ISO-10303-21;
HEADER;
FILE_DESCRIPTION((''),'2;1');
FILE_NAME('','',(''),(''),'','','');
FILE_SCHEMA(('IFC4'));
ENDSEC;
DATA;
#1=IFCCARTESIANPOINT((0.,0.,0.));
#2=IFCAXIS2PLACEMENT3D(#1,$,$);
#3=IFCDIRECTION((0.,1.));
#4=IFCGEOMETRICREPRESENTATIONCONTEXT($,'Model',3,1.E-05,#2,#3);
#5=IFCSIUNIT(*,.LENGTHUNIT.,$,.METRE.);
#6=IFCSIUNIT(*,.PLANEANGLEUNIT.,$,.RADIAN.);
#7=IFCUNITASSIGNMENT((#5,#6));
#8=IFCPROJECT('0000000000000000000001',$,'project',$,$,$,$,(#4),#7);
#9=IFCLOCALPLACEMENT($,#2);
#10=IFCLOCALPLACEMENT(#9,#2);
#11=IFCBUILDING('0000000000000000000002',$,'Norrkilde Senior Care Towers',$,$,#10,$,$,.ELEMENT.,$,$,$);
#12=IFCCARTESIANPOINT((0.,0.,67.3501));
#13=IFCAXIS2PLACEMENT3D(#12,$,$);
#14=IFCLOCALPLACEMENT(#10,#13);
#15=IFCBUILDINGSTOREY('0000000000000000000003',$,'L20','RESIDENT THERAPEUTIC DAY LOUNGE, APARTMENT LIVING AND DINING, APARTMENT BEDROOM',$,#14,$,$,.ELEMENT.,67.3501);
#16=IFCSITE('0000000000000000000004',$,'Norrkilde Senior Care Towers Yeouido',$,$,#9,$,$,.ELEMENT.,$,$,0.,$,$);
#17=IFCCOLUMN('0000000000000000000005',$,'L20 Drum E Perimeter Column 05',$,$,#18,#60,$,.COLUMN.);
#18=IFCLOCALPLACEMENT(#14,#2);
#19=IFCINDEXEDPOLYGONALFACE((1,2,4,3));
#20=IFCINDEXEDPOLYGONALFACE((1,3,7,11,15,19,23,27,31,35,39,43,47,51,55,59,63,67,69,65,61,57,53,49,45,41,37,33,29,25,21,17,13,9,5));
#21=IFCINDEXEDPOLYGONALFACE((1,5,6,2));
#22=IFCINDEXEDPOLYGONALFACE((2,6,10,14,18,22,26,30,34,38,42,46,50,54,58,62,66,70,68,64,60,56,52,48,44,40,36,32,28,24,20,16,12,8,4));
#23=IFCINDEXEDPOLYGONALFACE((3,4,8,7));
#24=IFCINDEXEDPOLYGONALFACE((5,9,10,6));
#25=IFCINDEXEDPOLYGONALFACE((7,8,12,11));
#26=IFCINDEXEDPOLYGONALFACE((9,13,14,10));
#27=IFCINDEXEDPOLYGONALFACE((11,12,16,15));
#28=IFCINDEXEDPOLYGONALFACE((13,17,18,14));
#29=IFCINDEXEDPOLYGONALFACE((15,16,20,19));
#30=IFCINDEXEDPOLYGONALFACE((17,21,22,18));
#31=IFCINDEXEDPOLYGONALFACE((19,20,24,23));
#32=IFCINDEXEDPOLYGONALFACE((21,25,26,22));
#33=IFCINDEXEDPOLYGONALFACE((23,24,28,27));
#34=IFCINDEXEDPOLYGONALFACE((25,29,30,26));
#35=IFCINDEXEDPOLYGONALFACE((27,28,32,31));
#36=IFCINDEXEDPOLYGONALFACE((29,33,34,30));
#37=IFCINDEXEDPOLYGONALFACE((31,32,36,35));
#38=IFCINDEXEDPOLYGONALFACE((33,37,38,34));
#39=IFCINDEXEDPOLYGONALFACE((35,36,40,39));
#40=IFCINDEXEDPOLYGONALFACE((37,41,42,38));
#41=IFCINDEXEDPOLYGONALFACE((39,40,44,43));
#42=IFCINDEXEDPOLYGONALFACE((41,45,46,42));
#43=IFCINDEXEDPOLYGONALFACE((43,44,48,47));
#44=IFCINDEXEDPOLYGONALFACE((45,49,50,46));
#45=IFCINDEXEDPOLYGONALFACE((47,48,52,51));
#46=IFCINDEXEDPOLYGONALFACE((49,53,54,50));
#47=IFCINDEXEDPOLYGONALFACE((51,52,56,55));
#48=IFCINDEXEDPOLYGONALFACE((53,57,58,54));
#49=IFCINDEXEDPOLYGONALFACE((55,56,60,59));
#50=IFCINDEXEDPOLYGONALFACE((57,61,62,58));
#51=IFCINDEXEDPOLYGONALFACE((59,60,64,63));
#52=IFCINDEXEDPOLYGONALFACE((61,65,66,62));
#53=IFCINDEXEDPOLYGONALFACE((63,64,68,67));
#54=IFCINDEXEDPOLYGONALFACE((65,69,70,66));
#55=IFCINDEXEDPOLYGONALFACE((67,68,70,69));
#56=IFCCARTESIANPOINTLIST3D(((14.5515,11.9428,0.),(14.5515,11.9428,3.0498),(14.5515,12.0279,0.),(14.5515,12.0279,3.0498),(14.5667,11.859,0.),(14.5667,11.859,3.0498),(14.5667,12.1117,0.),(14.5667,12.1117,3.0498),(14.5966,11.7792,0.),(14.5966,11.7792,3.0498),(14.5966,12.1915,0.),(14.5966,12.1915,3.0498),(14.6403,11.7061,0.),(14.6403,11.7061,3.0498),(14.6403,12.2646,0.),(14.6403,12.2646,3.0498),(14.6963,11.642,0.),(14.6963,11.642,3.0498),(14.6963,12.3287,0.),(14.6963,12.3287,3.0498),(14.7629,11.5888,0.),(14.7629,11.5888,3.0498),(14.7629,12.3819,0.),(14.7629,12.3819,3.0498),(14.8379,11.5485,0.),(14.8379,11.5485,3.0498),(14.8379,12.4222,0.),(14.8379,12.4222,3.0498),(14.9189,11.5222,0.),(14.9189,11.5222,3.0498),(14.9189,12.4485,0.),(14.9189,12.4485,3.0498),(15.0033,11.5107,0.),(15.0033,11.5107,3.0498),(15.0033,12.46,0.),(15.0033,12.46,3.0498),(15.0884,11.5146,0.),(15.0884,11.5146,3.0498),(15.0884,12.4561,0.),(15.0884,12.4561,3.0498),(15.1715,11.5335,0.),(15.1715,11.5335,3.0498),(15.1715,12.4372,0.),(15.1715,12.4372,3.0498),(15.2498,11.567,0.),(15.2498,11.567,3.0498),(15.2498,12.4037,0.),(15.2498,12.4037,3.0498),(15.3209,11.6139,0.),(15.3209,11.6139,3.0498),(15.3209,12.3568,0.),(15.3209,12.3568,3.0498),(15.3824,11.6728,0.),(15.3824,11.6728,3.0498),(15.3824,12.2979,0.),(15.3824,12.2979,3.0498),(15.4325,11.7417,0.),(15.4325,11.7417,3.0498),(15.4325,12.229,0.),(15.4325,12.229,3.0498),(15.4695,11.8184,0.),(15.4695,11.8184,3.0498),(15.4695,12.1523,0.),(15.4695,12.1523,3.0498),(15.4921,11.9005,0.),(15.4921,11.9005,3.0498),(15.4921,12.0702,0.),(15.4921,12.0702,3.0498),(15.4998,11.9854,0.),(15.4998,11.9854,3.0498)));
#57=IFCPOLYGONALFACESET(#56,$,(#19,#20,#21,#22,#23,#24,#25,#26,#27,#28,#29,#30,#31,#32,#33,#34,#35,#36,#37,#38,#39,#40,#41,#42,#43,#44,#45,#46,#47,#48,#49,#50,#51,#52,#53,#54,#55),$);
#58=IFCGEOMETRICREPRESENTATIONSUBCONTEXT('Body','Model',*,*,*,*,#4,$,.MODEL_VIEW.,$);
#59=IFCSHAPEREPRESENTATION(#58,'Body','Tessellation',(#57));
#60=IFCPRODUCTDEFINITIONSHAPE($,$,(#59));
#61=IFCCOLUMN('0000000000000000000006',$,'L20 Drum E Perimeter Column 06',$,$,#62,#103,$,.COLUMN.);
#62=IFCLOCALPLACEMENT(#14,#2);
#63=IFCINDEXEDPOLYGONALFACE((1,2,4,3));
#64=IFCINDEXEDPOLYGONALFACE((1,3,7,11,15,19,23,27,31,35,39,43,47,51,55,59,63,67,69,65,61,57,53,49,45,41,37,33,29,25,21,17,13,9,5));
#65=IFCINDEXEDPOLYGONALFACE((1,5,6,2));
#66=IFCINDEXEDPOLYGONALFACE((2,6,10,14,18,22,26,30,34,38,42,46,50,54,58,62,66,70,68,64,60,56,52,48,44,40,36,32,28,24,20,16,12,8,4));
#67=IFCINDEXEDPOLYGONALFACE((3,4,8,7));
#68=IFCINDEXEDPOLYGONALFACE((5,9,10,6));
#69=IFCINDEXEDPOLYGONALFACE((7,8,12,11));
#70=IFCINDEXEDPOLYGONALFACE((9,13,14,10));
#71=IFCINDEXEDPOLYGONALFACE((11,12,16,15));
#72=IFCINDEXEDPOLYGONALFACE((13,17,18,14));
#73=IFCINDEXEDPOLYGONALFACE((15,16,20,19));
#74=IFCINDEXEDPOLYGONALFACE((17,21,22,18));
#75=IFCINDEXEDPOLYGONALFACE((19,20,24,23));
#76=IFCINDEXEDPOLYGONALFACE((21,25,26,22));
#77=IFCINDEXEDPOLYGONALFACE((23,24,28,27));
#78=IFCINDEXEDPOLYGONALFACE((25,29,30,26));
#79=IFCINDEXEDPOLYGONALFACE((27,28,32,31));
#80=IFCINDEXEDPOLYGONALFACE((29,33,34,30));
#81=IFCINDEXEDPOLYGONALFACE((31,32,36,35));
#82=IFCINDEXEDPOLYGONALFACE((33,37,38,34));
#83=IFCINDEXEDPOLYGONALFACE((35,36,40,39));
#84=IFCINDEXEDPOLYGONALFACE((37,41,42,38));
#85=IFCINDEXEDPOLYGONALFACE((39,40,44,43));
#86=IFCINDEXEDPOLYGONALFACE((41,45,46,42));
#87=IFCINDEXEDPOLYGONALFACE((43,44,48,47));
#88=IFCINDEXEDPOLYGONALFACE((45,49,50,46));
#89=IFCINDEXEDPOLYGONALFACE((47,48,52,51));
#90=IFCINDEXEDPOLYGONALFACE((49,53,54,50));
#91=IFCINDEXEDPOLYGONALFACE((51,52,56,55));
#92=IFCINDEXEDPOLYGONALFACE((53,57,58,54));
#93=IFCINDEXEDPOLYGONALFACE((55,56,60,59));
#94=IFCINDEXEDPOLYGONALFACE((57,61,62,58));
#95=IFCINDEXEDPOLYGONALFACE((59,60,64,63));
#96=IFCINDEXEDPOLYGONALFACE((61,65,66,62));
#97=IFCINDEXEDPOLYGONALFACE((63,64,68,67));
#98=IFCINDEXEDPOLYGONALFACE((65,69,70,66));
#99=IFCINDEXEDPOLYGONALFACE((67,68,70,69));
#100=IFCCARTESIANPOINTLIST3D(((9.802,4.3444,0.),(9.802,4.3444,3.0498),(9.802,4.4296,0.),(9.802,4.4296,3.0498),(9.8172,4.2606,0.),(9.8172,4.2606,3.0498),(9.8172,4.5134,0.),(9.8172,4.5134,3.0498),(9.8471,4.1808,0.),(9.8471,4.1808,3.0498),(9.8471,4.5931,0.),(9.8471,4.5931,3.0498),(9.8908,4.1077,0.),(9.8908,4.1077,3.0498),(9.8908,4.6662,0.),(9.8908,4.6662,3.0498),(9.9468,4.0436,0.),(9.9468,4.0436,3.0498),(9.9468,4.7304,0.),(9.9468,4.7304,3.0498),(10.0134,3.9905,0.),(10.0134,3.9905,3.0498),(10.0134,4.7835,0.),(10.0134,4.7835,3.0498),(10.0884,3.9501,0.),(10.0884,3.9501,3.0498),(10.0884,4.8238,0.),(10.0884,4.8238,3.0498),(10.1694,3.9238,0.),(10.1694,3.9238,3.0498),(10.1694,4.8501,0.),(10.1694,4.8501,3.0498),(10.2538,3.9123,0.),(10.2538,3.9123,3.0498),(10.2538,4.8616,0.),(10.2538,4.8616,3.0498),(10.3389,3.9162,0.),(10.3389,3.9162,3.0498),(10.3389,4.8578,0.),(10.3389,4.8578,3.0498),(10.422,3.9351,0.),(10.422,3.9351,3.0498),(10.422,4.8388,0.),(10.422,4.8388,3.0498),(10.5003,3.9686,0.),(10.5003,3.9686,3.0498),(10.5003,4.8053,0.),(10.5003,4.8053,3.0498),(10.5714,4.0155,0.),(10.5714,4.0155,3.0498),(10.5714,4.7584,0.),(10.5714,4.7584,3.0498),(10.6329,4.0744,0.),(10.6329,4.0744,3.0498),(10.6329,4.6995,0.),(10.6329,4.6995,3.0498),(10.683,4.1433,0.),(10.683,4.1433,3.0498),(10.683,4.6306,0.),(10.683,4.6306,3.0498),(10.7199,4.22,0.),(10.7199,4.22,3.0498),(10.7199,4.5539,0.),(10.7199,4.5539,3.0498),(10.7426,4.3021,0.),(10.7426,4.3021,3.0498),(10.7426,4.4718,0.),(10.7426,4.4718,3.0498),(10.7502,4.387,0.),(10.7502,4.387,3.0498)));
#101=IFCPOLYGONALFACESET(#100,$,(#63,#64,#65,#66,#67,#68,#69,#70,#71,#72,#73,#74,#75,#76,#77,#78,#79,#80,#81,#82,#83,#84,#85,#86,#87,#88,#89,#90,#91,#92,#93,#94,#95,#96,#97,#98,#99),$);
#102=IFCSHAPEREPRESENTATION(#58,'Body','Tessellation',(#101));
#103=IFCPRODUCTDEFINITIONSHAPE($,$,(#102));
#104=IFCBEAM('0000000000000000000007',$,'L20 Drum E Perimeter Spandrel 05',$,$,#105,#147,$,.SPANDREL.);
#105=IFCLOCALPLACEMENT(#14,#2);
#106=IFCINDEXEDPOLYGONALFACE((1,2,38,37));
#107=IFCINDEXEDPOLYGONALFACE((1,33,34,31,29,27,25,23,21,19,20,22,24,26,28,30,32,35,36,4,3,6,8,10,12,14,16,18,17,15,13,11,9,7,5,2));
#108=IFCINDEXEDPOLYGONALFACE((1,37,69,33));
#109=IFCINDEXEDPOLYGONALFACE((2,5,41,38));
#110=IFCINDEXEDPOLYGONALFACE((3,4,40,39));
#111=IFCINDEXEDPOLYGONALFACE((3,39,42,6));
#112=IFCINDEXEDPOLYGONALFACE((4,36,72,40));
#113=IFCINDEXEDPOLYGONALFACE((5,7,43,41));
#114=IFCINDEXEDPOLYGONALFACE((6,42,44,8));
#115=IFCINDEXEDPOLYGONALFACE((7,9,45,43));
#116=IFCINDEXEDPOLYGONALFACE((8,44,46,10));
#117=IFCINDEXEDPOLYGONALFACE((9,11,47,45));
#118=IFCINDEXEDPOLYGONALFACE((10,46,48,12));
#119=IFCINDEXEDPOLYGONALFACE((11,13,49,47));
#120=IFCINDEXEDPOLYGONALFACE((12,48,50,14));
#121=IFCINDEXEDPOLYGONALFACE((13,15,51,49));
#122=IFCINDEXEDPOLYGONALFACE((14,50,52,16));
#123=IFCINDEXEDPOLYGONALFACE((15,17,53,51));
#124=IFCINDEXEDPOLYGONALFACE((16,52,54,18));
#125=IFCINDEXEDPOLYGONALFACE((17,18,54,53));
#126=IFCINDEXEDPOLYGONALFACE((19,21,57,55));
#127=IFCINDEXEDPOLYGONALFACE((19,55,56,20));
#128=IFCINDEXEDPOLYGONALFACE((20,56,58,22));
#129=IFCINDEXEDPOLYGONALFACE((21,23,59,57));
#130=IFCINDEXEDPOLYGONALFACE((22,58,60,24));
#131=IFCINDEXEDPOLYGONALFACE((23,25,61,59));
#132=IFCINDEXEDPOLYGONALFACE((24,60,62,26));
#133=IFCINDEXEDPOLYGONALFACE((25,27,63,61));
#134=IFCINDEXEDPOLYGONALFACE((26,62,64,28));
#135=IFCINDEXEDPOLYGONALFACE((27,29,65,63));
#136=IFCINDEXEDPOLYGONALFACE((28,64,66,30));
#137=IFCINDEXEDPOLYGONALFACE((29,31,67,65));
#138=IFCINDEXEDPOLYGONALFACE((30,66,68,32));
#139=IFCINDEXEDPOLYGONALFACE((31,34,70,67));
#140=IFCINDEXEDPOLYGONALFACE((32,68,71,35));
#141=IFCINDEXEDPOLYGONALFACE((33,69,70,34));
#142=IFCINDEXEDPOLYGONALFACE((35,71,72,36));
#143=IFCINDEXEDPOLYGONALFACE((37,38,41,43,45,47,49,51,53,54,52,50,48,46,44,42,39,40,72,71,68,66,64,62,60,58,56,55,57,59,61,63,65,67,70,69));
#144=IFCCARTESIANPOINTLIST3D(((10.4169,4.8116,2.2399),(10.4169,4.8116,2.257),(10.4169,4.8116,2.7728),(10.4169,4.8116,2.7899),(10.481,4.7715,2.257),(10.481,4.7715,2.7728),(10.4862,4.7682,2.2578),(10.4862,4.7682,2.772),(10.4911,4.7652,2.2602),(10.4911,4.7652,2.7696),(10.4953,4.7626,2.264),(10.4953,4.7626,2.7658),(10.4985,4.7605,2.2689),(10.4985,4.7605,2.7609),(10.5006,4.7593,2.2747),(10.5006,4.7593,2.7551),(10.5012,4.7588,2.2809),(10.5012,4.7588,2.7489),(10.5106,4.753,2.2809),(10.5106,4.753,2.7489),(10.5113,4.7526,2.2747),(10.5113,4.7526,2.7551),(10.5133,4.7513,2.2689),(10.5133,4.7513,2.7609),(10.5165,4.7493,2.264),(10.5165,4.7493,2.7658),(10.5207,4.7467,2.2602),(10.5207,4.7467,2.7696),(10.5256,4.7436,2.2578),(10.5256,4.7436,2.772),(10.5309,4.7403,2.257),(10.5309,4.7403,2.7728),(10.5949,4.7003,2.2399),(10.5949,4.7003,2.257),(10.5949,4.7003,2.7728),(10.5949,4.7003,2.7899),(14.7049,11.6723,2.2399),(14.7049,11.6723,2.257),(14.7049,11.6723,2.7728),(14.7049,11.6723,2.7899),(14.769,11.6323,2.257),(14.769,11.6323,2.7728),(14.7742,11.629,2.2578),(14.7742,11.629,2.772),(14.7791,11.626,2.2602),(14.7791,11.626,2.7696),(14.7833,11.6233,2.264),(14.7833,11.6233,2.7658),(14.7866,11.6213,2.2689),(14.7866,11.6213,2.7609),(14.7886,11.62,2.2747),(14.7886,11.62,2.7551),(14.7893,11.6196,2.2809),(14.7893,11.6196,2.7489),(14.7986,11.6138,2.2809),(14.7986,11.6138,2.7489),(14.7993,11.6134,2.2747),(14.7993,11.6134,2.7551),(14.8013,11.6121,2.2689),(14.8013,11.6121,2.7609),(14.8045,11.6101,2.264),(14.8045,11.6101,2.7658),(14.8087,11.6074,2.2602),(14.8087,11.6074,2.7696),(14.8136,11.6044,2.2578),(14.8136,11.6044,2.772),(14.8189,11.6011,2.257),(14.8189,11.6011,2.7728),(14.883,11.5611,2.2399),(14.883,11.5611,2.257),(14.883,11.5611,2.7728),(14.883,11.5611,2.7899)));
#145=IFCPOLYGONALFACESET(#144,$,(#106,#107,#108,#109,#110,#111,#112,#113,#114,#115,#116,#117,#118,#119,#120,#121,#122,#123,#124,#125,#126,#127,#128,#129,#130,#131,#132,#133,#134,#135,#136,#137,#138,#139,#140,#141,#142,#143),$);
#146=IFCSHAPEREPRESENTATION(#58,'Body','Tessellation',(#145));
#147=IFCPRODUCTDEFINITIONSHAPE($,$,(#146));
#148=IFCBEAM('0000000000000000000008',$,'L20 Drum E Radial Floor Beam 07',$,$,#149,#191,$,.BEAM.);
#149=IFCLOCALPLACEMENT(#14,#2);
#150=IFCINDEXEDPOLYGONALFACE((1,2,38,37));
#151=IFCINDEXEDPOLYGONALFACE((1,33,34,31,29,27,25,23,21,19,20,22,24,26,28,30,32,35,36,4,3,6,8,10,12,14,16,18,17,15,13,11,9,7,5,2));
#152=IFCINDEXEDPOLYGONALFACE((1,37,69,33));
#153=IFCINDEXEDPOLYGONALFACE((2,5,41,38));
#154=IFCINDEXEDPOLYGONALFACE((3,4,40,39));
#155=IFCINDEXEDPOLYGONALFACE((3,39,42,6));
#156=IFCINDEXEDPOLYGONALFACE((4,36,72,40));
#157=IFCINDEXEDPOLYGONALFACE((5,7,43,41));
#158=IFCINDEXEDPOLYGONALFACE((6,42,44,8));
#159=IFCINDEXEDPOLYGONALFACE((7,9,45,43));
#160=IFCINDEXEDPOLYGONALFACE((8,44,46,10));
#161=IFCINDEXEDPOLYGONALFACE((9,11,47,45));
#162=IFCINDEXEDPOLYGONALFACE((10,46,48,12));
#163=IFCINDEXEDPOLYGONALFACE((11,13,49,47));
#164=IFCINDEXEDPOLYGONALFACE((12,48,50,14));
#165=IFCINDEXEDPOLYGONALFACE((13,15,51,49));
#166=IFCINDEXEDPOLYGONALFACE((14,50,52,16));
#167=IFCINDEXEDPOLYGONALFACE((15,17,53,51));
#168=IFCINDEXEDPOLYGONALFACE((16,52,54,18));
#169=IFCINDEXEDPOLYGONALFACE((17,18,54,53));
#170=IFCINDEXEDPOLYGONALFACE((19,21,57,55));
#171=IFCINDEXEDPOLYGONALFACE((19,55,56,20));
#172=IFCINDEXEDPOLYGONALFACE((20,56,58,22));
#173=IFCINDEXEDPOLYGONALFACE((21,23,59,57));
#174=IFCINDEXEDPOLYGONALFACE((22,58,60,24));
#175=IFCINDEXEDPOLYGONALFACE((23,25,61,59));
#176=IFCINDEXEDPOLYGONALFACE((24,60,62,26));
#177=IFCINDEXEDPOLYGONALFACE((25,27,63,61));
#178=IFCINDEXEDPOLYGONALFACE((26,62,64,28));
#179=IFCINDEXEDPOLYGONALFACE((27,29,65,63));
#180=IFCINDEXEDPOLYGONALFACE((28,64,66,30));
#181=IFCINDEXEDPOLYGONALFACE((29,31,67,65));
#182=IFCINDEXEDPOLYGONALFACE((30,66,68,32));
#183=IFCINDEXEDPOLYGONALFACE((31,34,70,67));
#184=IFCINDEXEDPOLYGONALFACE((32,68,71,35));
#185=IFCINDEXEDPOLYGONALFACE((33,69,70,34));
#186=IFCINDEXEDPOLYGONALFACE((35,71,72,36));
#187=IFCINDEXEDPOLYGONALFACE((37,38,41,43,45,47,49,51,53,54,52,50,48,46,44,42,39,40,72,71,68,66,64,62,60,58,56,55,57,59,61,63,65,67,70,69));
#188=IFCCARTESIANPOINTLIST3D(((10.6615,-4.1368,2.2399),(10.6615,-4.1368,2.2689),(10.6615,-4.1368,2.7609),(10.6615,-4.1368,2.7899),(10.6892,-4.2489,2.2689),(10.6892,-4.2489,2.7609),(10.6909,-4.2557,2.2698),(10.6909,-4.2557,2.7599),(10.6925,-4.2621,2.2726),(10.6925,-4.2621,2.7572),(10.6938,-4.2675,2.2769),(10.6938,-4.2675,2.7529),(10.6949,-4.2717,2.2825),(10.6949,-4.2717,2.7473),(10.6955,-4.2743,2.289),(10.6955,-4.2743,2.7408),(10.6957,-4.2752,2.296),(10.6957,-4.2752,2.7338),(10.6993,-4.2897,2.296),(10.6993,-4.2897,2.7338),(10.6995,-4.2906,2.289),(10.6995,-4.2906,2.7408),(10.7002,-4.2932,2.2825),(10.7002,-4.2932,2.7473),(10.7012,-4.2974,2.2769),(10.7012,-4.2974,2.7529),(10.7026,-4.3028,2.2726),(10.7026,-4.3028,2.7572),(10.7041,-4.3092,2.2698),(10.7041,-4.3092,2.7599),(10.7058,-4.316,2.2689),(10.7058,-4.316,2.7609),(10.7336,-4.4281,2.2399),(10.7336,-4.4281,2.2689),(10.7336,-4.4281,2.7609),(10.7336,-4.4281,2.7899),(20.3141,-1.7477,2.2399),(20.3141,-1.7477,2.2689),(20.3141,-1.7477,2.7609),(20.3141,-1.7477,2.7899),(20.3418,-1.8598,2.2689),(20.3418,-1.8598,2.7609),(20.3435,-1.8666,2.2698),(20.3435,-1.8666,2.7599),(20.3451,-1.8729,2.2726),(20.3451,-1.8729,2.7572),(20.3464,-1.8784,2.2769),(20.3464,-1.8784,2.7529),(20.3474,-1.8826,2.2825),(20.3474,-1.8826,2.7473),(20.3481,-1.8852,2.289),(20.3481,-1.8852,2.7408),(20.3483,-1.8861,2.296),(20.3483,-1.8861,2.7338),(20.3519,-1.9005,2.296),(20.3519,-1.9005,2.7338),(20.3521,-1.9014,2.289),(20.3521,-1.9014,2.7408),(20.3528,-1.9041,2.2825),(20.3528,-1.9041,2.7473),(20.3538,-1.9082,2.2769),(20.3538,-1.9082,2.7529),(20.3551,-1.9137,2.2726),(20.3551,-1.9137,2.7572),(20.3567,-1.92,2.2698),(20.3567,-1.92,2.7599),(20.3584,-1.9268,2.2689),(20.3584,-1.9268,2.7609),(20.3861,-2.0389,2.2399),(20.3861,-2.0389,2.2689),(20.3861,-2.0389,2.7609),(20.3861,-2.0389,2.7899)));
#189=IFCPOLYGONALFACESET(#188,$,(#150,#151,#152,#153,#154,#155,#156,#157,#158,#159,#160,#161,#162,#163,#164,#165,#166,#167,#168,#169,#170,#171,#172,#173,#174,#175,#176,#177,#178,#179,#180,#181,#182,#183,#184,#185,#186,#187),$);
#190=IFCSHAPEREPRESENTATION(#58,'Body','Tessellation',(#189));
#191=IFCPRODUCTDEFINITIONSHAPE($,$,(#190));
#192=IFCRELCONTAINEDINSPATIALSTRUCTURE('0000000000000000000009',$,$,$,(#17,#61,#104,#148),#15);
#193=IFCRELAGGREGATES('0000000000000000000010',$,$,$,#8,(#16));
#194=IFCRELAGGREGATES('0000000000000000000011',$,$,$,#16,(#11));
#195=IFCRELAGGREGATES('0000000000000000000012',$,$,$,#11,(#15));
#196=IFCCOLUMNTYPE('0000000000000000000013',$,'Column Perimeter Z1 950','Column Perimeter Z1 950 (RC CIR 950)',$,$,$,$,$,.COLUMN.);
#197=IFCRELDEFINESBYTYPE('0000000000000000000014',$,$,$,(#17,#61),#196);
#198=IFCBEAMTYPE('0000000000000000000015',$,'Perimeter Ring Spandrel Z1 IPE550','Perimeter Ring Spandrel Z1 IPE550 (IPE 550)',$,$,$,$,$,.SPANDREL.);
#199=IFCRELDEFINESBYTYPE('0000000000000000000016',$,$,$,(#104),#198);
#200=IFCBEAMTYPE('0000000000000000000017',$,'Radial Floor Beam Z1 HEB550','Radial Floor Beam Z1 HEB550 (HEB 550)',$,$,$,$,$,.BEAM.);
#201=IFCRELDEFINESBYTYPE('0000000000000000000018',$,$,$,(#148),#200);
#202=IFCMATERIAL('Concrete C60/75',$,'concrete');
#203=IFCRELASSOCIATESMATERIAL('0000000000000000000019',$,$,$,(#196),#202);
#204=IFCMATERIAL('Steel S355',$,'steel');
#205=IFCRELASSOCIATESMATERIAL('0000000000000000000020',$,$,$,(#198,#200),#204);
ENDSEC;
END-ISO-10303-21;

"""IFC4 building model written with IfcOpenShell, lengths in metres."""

from ifc_helpers import new_model, si_unit, direction, frame, origin, origin_2d, place, context, subcontext, project, spatial, circle, i_section, extrude, source, transform, mapped, material, material_profile, profile_set, type_object, type_shapes, element, save


model = new_model("IFC4")

# Units and contexts
model_context = context("Model", 3, precision=1e-05, world=origin(), true_north=direction((0.0, 1.0)))
body_context = subcontext(model_context, "Body", "Model", "MODEL_VIEW")
ifc_project = project(units=[si_unit("LENGTHUNIT", "METRE"), si_unit("PLANEANGLEUNIT", "RADIAN")], contexts=[model_context])

# Site, building, storey
site_placement = place(None, origin())
site = spatial("IfcSite", under=ifc_project, at=site_placement, Name="Norrkilde Senior Care Towers Yeouido", CompositionType="ELEMENT", RefElevation=0.0)
building_placement = place(site_placement, origin())
building = spatial("IfcBuilding", under=site, at=building_placement, Name="Norrkilde Senior Care Towers", CompositionType="ELEMENT")
storey_placement = place(building_placement, frame((0.0, 0.0, 67.3501)))
storey = spatial("IfcBuildingStorey", under=building, at=storey_placement, Name="L20", Description="RESIDENT THERAPEUTIC DAY LOUNGE, APARTMENT LIVING AND DINING, APARTMENT BEDROOM", CompositionType="ELEMENT", Elevation=67.3501)

# Columns
ifc_material_1 = material(Name="Concrete C60/75", Category="concrete")
ifc_material_profile_1 = material_profile(ifc_material_1, circle(Radius=0.4751, at=origin_2d()), Name="RC CIR 950")
ifc_profile_set_1 = profile_set([ifc_material_profile_1], Name="Concrete C60/75")
column_type = type_object("IfcColumnType", Name="Column Perimeter Z1 950", Description="Column Perimeter Z1 950 (RC CIR 950)", PredefinedType="COLUMN", material=ifc_profile_set_1)
shared_shape_1 = source(origin(), body_context, "Body", "SweptSolid", [
    extrude(circle(Radius=0.4751, at=origin_2d()), origin(), (0.0, 0.0, 1.0), 3.0498),
])
type_shapes(column_type, [shared_shape_1])
for number, where, z_axis, x_axis, name in (
    (1, (15.0247, 11.9854, 0.0), (0.0, 0.0, 1.0), (1.0, 0.0, 0.0), "L20 Drum E Perimeter Column 05"),
    (2, (10.2751, 4.387, 0.0), (0.0, 0.0, 1.0), (1.0, 0.0, 0.0), "L20 Drum E Perimeter Column 06"),
):
    element("IfcColumn", number, at=place(storey_placement, frame(where, z_axis=z_axis, x_axis=x_axis)), inside=storey, type_object=column_type, Name=name, PredefinedType="COLUMN", context=body_context, shape_type="MappedRepresentation", body=[
        mapped(shared_shape_1, transform((0.0, 0.0, 0.0), x_axis=(1.0, 0.0, 0.0), y_axis=(0.0, 1.0, 0.0), z_axis=(0.0, 0.0, 1.0), scale=1.0)),
    ])

# Beams
ifc_material_2 = material(Name="Steel S355", Category="steel")
ifc_material_profile_2 = material_profile(ifc_material_2, i_section(OverallWidth=0.21, OverallDepth=0.55, WebThickness=0.011, FlangeThickness=0.0171, FilletRadius=0.0239, at=origin_2d()), Name="IPE 550")
ifc_profile_set_2 = profile_set([ifc_material_profile_2], Name="Steel S355")
beam_type_1 = type_object("IfcBeamType", Name="Perimeter Ring Spandrel Z1 IPE550", Description="Perimeter Ring Spandrel Z1 IPE550 (IPE 550)", PredefinedType="SPANDREL", material=ifc_profile_set_2)
shared_shape_2 = source(origin(), body_context, "Body", "SweptSolid", [
    extrude(i_section(OverallWidth=0.21, OverallDepth=0.55, WebThickness=0.011, FlangeThickness=0.0171, FilletRadius=0.0239, at=origin_2d()), origin(), (0.0, 0.0, 1.0), 8.0906),
])
beam_1_placement = place(storey_placement, frame((14.7939, 11.6167, 2.5149), z_axis=(-0.530004, -0.847995, 0.0), x_axis=(0.847995, -0.530004, 0.0)))
element("IfcBeam", 3, at=beam_1_placement, inside=storey, type_object=beam_type_1, Name="L20 Drum E Perimeter Spandrel 05", PredefinedType="SPANDREL", context=body_context, shape_type="MappedRepresentation", body=[
    mapped(shared_shape_2, transform((0.0, 0.0, 0.0), x_axis=(1.0, 0.0, 0.0), y_axis=(0.0, 1.0, 0.0), z_axis=(0.0, 0.0, 1.0), scale=1.0)),
])
ifc_material_profile_3 = material_profile(ifc_material_2, i_section(OverallWidth=0.3, OverallDepth=0.55, WebThickness=0.0149, FlangeThickness=0.0291, FilletRadius=0.0271, at=origin_2d()), Name="HEB 550")
ifc_profile_set_3 = profile_set([ifc_material_profile_3], Name="Steel S355")
beam_type_2 = type_object("IfcBeamType", Name="Radial Floor Beam Z1 HEB550", Description="Radial Floor Beam Z1 HEB550 (HEB 550)", PredefinedType="BEAM", material=ifc_profile_set_3)
shared_shape_3 = source(origin(), body_context, "Body", "SweptSolid", [
    extrude(i_section(OverallWidth=0.3, OverallDepth=0.55, WebThickness=0.0149, FlangeThickness=0.0291, FilletRadius=0.0271, at=origin_2d()), origin(), (0.0, 0.0, 1.0), 9.9438),
])
type_shapes(beam_type_2, [shared_shape_3])
beam_2_placement = place(storey_placement, frame((20.3501, -1.8933, 2.5149), z_axis=(-0.970707, -0.240265, 0.0), x_axis=(0.240265, -0.970707, 0.0)))
element("IfcBeam", 4, at=beam_2_placement, inside=storey, type_object=beam_type_2, Name="L20 Drum E Radial Floor Beam 07", PredefinedType="BEAM", context=body_context, shape_type="MappedRepresentation", body=[
    mapped(shared_shape_3, transform((0.0, 0.0, 0.0), x_axis=(1.0, 0.0, 0.0), y_axis=(0.0, 1.0, 0.0), z_axis=(0.0, 0.0, 1.0), scale=1.0)),
])

save(model, "model.ifc")
